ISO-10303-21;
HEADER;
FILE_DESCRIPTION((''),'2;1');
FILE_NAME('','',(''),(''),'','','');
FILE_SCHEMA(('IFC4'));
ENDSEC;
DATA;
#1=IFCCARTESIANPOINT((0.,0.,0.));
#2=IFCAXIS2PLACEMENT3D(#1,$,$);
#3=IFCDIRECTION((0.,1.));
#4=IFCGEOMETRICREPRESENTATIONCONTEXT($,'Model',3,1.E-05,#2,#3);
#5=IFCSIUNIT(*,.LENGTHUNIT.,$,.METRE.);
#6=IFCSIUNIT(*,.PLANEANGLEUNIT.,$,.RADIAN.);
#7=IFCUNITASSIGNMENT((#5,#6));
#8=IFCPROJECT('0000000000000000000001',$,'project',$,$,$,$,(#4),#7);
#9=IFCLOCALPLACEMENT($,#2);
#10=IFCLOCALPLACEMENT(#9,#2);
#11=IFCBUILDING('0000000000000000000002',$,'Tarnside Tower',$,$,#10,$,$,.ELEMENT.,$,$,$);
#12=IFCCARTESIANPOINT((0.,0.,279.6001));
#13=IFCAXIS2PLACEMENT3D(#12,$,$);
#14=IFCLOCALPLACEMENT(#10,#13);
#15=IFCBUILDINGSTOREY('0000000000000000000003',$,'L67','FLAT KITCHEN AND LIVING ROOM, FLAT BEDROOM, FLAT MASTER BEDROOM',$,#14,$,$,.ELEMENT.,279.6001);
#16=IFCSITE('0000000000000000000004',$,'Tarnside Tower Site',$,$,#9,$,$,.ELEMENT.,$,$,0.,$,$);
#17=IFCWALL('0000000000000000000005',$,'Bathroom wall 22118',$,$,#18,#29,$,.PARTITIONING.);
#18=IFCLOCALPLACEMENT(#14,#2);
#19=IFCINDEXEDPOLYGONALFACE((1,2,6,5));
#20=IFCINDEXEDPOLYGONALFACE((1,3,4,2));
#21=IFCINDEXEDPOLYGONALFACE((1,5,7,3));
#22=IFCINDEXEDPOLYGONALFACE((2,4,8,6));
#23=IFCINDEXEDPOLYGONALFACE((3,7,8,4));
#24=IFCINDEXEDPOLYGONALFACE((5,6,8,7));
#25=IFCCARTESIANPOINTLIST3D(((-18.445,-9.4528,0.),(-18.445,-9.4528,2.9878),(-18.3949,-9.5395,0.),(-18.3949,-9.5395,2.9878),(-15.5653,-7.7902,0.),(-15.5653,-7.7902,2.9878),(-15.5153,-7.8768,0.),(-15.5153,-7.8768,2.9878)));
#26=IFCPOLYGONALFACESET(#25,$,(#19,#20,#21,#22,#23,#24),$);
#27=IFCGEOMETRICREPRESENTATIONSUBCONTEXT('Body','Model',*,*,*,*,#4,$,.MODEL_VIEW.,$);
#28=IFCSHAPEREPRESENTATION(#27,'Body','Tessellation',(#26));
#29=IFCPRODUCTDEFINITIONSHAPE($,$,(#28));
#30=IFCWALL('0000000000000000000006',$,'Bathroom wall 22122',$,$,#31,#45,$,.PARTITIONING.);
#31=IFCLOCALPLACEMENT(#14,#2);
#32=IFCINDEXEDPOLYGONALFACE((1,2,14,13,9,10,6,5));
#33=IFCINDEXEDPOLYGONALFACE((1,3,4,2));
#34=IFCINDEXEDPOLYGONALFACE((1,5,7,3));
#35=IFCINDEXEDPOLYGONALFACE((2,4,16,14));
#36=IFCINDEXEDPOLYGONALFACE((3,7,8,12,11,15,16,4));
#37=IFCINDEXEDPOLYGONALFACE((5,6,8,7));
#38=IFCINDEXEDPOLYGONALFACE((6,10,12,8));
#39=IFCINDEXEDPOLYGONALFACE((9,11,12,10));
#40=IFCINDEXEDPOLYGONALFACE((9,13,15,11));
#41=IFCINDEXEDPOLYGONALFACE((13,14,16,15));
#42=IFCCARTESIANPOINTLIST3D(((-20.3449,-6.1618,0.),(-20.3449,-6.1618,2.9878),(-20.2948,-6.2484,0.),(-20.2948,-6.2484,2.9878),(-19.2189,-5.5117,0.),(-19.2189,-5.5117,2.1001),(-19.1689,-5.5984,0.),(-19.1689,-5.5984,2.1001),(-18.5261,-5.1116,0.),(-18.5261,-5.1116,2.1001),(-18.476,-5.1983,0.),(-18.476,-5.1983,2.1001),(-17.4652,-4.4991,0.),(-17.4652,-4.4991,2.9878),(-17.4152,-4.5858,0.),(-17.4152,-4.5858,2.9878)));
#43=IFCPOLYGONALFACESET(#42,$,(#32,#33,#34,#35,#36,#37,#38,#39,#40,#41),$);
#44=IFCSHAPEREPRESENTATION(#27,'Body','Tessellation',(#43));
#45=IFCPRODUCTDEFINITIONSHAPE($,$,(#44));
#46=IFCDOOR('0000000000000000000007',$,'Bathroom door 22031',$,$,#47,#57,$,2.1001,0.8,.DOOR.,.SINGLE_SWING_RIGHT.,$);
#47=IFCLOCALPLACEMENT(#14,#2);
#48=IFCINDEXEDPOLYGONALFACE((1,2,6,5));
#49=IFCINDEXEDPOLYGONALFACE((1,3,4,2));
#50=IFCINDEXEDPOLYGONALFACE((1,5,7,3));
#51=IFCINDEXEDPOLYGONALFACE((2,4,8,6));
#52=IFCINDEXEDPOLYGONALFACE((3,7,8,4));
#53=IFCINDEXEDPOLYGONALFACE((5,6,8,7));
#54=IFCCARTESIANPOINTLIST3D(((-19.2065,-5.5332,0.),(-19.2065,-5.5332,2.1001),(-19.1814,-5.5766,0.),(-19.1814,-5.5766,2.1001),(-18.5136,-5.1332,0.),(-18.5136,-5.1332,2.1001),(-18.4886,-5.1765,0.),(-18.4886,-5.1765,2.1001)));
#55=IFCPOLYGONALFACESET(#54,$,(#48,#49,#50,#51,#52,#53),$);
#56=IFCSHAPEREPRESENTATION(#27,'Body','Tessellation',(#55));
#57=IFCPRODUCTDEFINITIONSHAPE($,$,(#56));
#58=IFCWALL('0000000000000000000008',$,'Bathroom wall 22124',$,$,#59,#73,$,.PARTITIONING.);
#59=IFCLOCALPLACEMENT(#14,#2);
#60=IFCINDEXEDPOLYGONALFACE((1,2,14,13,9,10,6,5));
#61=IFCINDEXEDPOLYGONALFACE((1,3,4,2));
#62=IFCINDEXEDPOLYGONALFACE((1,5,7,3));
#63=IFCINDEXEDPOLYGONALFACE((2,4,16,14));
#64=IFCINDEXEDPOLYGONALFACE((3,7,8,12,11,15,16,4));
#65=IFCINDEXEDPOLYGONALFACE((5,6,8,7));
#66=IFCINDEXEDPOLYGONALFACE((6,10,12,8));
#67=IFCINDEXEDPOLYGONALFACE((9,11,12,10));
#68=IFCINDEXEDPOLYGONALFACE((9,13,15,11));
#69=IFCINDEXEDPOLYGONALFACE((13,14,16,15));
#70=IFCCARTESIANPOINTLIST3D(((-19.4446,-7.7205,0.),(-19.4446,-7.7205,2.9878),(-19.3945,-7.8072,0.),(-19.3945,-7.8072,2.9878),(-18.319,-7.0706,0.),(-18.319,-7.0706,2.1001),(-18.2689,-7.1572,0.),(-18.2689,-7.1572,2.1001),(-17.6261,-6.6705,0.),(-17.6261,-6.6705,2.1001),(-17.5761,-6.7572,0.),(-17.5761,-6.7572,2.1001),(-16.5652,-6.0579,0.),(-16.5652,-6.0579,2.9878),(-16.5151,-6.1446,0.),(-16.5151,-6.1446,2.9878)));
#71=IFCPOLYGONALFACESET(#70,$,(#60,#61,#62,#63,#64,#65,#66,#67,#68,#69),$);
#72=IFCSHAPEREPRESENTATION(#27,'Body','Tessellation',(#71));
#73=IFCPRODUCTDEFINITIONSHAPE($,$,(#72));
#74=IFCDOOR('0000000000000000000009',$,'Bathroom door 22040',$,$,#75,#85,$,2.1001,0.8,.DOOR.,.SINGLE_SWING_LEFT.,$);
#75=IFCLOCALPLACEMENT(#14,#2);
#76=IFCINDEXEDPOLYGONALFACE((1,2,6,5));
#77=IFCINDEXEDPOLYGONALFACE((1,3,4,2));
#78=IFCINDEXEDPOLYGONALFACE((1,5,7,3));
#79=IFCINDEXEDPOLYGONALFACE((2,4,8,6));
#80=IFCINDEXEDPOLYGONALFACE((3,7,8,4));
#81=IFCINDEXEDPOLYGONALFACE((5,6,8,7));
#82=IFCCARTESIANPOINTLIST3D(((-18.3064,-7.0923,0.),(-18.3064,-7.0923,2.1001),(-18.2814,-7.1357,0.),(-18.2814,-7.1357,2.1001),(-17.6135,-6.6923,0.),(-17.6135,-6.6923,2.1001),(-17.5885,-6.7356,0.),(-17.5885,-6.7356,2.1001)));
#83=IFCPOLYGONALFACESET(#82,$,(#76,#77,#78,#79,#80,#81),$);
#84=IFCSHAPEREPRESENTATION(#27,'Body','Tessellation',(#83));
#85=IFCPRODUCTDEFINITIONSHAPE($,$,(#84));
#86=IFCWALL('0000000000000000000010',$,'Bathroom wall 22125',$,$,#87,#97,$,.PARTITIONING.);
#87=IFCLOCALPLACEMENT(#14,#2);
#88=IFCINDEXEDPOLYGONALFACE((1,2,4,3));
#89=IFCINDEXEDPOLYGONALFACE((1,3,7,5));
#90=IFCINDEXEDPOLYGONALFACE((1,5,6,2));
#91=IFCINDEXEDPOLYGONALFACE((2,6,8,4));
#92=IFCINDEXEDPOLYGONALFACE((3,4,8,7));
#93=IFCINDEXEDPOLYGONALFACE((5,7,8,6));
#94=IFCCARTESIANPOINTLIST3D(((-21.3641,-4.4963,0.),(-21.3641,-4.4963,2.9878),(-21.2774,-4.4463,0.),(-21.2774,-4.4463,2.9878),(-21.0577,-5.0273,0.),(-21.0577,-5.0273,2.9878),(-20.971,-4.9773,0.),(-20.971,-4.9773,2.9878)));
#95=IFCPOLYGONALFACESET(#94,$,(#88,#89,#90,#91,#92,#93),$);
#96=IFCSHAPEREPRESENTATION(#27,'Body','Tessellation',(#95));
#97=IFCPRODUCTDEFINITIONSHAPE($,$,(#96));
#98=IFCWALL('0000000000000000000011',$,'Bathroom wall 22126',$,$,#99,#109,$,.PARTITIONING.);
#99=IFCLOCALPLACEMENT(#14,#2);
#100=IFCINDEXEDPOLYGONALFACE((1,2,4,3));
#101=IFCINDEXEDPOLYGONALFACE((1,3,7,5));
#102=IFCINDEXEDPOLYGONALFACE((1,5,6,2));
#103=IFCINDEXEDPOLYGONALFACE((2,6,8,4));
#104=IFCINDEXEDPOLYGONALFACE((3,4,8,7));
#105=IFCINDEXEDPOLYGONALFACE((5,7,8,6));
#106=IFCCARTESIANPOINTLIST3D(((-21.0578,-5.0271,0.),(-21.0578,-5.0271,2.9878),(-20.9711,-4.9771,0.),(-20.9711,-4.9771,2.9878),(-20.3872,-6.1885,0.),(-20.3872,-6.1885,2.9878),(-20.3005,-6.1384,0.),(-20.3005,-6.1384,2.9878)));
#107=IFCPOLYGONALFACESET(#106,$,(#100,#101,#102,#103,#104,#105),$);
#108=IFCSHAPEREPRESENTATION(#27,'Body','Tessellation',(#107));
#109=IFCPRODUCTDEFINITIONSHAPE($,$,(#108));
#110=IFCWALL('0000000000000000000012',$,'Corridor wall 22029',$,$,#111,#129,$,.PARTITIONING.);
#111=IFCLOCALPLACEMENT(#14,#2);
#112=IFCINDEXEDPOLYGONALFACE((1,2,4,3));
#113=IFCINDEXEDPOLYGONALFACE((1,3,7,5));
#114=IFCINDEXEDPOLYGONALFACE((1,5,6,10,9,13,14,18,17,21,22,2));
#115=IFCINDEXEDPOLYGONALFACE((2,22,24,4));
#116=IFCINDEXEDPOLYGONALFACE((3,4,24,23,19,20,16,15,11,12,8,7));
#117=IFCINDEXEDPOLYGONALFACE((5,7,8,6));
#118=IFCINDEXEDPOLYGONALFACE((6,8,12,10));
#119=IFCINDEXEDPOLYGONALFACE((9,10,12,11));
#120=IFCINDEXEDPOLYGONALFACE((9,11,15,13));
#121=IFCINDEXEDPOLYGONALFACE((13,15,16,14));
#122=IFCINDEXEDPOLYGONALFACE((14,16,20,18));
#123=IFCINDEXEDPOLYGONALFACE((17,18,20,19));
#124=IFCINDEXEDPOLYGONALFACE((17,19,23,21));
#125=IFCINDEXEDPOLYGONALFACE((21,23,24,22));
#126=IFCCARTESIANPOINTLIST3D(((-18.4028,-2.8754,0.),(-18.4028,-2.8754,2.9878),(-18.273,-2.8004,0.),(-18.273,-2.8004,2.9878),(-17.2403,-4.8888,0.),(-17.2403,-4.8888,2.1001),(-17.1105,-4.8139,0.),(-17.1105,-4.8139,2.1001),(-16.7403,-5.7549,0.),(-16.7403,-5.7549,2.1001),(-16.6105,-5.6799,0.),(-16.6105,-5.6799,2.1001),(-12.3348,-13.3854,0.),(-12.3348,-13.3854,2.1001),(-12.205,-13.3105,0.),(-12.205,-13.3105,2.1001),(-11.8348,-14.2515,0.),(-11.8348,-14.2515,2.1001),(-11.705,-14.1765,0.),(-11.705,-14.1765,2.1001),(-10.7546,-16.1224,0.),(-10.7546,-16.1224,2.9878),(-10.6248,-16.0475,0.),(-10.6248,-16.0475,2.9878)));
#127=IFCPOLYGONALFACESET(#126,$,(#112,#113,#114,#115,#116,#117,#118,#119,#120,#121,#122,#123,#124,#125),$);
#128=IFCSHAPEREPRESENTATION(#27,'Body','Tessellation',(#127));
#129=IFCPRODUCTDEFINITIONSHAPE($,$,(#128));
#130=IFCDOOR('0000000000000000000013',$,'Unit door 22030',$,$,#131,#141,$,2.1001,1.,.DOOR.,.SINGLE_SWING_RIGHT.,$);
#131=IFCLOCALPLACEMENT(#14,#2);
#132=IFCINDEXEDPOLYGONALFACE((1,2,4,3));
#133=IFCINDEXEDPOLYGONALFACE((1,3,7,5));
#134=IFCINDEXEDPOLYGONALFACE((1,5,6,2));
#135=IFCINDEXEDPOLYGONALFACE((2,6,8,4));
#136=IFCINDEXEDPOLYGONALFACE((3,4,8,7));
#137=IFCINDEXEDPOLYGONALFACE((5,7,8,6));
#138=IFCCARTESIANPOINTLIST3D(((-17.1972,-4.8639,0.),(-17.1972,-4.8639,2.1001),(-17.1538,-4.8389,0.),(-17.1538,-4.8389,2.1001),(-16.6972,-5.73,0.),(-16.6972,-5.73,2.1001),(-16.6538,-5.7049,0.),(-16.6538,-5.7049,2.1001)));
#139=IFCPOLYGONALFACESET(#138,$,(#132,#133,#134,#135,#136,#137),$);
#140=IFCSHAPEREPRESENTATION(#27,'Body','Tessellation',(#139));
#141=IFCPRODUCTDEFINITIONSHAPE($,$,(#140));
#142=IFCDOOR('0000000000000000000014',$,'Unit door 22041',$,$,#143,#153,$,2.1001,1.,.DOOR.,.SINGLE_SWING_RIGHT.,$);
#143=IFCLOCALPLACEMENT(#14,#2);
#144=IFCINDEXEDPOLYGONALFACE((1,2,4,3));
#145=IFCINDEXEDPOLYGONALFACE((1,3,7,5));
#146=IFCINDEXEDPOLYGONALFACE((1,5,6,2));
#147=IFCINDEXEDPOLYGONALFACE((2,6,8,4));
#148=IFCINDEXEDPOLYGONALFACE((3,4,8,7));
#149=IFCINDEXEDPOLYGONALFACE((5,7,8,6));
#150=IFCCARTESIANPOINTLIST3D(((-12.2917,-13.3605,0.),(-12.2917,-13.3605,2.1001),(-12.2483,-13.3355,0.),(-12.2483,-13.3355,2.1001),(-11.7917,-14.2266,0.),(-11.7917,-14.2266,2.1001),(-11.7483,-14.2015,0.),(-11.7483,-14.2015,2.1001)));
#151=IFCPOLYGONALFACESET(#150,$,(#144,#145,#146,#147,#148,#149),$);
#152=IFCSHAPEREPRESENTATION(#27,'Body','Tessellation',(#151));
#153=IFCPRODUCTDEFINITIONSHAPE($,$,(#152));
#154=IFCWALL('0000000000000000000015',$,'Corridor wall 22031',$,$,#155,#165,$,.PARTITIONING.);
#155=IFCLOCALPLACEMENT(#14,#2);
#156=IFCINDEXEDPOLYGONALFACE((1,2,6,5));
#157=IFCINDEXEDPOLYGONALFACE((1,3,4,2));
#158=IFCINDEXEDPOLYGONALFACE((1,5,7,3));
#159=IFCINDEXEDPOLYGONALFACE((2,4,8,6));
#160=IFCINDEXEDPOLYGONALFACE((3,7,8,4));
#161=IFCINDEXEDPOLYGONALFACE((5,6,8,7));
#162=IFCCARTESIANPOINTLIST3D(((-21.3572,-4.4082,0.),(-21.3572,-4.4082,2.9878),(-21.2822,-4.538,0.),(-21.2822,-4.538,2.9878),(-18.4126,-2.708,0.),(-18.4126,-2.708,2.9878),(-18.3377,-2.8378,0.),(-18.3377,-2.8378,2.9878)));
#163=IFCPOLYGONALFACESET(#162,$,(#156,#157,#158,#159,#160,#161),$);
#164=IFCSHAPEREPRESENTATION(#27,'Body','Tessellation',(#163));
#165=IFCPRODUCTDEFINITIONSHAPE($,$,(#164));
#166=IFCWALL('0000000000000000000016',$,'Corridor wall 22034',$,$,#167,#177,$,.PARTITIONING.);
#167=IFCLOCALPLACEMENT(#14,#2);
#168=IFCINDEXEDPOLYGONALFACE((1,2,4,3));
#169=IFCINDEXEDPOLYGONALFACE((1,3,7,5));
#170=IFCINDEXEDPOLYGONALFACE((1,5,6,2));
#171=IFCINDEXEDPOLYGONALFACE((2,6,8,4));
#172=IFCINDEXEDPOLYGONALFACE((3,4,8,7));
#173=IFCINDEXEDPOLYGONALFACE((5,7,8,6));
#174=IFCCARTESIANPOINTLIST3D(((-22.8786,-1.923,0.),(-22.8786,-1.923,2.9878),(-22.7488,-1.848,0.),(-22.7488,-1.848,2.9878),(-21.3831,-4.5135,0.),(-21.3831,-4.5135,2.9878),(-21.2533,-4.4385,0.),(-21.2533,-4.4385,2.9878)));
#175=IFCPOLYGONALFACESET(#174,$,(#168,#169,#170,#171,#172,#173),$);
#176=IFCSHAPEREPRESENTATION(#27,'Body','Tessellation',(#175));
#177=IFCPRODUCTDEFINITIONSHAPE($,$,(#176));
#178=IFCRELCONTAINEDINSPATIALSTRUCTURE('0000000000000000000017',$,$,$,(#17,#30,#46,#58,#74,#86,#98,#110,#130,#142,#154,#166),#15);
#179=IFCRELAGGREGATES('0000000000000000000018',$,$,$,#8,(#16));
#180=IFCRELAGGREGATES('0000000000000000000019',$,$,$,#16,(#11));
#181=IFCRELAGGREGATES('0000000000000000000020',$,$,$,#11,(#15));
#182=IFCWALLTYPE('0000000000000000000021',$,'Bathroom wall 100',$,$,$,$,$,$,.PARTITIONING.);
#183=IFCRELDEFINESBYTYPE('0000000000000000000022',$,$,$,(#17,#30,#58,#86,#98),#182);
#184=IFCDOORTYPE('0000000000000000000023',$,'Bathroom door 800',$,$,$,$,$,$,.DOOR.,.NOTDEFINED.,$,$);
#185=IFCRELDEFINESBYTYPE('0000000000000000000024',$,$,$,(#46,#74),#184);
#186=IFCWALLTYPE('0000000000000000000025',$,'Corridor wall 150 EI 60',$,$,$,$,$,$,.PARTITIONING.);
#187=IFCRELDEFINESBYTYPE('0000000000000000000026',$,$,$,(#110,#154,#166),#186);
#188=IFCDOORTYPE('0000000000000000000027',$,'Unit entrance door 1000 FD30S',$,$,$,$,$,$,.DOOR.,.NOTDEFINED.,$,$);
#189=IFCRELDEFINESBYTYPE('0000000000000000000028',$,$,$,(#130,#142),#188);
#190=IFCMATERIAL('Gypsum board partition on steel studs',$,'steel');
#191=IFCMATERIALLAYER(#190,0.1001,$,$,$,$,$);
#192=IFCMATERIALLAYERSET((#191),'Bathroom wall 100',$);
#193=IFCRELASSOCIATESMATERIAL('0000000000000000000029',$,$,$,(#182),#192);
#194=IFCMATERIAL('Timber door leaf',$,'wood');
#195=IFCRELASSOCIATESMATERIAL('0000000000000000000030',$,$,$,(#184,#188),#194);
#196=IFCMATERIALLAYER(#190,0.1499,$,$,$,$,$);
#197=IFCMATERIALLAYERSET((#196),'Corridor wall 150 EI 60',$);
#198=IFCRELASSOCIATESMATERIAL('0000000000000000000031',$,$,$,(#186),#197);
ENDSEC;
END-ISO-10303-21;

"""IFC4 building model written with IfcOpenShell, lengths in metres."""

from ifc_helpers import new_model, si_unit, direction, frame, frame_2d, origin, place, context, subcontext, project, spatial, rectangle, extrude, material, layer, layer_set, type_object, element, fill, save


model = new_model("IFC4")

# Units and contexts
model_context = context("Model", 3, precision=1e-05, world=origin(), true_north=direction((0.0, 1.0)))
body_context = subcontext(model_context, "Body", "Model", "MODEL_VIEW")
ifc_project = project(units=[si_unit("LENGTHUNIT", "METRE"), si_unit("PLANEANGLEUNIT", "RADIAN")], contexts=[model_context])

# Site, building, storey
site_placement = place(None, origin())
site = spatial("IfcSite", under=ifc_project, at=site_placement, Name="Tarnside Tower Site", CompositionType="ELEMENT", RefElevation=0.0)
building_placement = place(site_placement, origin())
building = spatial("IfcBuilding", under=site, at=building_placement, Name="Tarnside Tower", CompositionType="ELEMENT")
storey_placement = place(building_placement, frame((0.0, 0.0, 279.6001)))
storey = spatial("IfcBuildingStorey", under=building, at=storey_placement, Name="L67", Description="FLAT KITCHEN AND LIVING ROOM, FLAT BEDROOM, FLAT MASTER BEDROOM", CompositionType="ELEMENT", Elevation=279.6001)

# Wall
ifc_material_1 = material(Name="Gypsum board partition on steel studs", Category="steel")
ifc_layer_1 = layer(ifc_material_1, 0.1001)
ifc_layer_set_1 = layer_set([ifc_layer_1], Name="Bathroom wall 100")
wall_type_1 = type_object("IfcWallType", Name="Bathroom wall 100", PredefinedType="PARTITIONING", material=ifc_layer_set_1)
wall_1_placement = place(storey_placement, frame((-15.5403, -7.8335, 0.0), z_axis=(0.0, 0.0, 1.0), x_axis=(-0.866021, -0.500008, 0.0)))
element("IfcWall", 1, at=wall_1_placement, inside=storey, type_object=wall_type_1, Name="Bathroom wall 22118", PredefinedType="PARTITIONING", context=body_context, shape_type="SweptSolid", body=[
    extrude(rectangle(XDim=3.3252, YDim=0.1001, at=frame_2d((1.6626, 0.0))), origin(), (0.0, 0.0, 1.0), 2.9878),
])

# Walls, openings, doors
wall_2_placement = place(storey_placement, frame((-17.4402, -4.5425, 0.0), z_axis=(0.0, 0.0, 1.0), x_axis=(-0.866021, -0.500008, 0.0)))
wall_2 = element("IfcWall", 2, at=wall_2_placement, inside=storey, type_object=wall_type_1, Name="Bathroom wall 22122", PredefinedType="PARTITIONING", context=body_context, shape_type="SweptSolid", body=[
    extrude(rectangle(XDim=3.3252, YDim=0.1001, at=frame_2d((1.6626, 0.0))), origin(), (0.0, 0.0, 1.0), 2.9878),
])
opening_1_placement = place(wall_2_placement, frame((1.2251, 0.0, 0.0)))
opening_1 = element("IfcOpeningElement", 3, at=opening_1_placement, cuts=wall_2, PredefinedType="OPENING", context=body_context, shape_type="SweptSolid", body=[
    extrude(rectangle(XDim=0.8, YDim=2.1001, at=frame_2d((0.3999, 1.05))), frame((0.0, 0.0601, 0.0), z_axis=(0.0, -1.0, 0.0), x_axis=(1.0, 0.0, 0.0)), (0.0, 0.0, 1.0), 0.1201),
])
ifc_material_2 = material(Name="Timber door leaf", Category="wood")
door_type_1 = type_object("IfcDoorType", Name="Bathroom door 800", OperationType="NOTDEFINED", PredefinedType="DOOR", material=ifc_material_2)
door_1_placement = place(opening_1_placement, origin())
door_1 = element("IfcDoor", 4, at=door_1_placement, inside=storey, type_object=door_type_1, Name="Bathroom door 22031", OperationType="SINGLE_SWING_RIGHT", OverallHeight=2.1001, OverallWidth=0.8, PredefinedType="DOOR", context=body_context, shape_type="SweptSolid", body=[
    extrude(rectangle(XDim=0.8, YDim=2.1001, at=frame_2d((0.3999, 1.05))), frame((0.0, 0.0249, 0.0), z_axis=(0.0, -1.0, 0.0), x_axis=(1.0, 0.0, 0.0)), (0.0, 0.0, 1.0), 0.05),
])
fill(opening_1, door_1)
wall_3_placement = place(storey_placement, frame((-19.4197, -7.7639, 0.0), z_axis=(0.0, 0.0, 1.0), x_axis=(0.866002, 0.50004, 0.0)))
wall_3 = element("IfcWall", 5, at=wall_3_placement, inside=storey, type_object=wall_type_1, Name="Bathroom wall 22124", PredefinedType="PARTITIONING", context=body_context, shape_type="SweptSolid", body=[
    extrude(rectangle(XDim=3.325, YDim=0.1001, at=frame_2d((1.6626, 0.0))), origin(), (0.0, 0.0, 1.0), 2.9878),
])
opening_2_placement = place(wall_3_placement, frame((1.3, 0.0, 0.0)))
opening_2 = element("IfcOpeningElement", 6, at=opening_2_placement, cuts=wall_3, PredefinedType="OPENING", context=body_context, shape_type="SweptSolid", body=[
    extrude(rectangle(XDim=0.8, YDim=2.1001, at=frame_2d((0.3999, 1.05))), frame((0.0, 0.0601, 0.0), z_axis=(0.0, -1.0, 0.0), x_axis=(1.0, 0.0, 0.0)), (0.0, 0.0, 1.0), 0.1201),
])
door_2_placement = place(opening_2_placement, origin())
door_2 = element("IfcDoor", 7, at=door_2_placement, inside=storey, type_object=door_type_1, Name="Bathroom door 22040", OperationType="SINGLE_SWING_LEFT", OverallHeight=2.1001, OverallWidth=0.8, PredefinedType="DOOR", context=body_context, shape_type="SweptSolid", body=[
    extrude(rectangle(XDim=0.8, YDim=2.1001, at=frame_2d((0.3999, 1.05))), frame((0.0, 0.0249, 0.0), z_axis=(0.0, -1.0, 0.0), x_axis=(1.0, 0.0, 0.0)), (0.0, 0.0, 1.0), 0.05),
])
fill(opening_2, door_2)

# Walls
wall_4_placement = place(storey_placement, frame((-21.3208, -4.4712, 0.0), z_axis=(0.0, 0.0, 1.0), x_axis=(0.49978, -0.866152, 0.0)))
element("IfcWall", 8, at=wall_4_placement, inside=storey, type_object=wall_type_1, Name="Bathroom wall 22125", PredefinedType="PARTITIONING", context=body_context, shape_type="SweptSolid", body=[
    extrude(rectangle(XDim=0.613, YDim=0.1001, at=frame_2d((0.3066, 0.0))), origin(), (0.0, 0.0, 1.0), 2.9878),
])
wall_5_placement = place(storey_placement, frame((-21.0144, -5.0022, 0.0), z_axis=(0.0, 0.0, 1.0), x_axis=(0.500074, -0.865982, 0.0)))
element("IfcWall", 9, at=wall_5_placement, inside=storey, type_object=wall_type_1, Name="Bathroom wall 22126", PredefinedType="PARTITIONING", context=body_context, shape_type="SweptSolid", body=[
    extrude(rectangle(XDim=1.3411, YDim=0.1001, at=frame_2d((0.6704, 0.0))), origin(), (0.0, 0.0, 1.0), 2.9878),
])

# Wall, openings, doors
ifc_layer_2 = layer(ifc_material_1, 0.1499)
ifc_layer_set_2 = layer_set([ifc_layer_2], Name="Corridor wall 150 EI 60")
wall_type_2 = type_object("IfcWallType", Name="Corridor wall 150 EI 60", PredefinedType="PARTITIONING", material=ifc_layer_set_2)
wall_6_placement = place(storey_placement, frame((-18.3379, -2.8379, 0.0), z_axis=(0.0, 0.0, 1.0), x_axis=(0.5, -0.866026, 0.0)))
wall_6 = element("IfcWall", 10, at=wall_6_placement, inside=storey, type_object=wall_type_2, Name="Corridor wall 22029", PredefinedType="PARTITIONING", context=body_context, shape_type="SweptSolid", body=[
    extrude(rectangle(XDim=15.2964, YDim=0.1499, at=frame_2d((7.6482, 0.0))), origin(), (0.0, 0.0, 1.0), 2.9878),
])
opening_3_placement = place(wall_6_placement, frame((2.325, 0.0, 0.0)))
opening_3 = element("IfcOpeningElement", 11, at=opening_3_placement, cuts=wall_6, PredefinedType="OPENING", context=body_context, shape_type="SweptSolid", body=[
    extrude(rectangle(XDim=1.0, YDim=2.1001, at=frame_2d((0.5, 1.05))), frame((0.0, 0.085, 0.0), z_axis=(0.0, -1.0, 0.0), x_axis=(1.0, 0.0, 0.0)), (0.0, 0.0, 1.0), 0.1699),
])
opening_4_placement = place(wall_6_placement, frame((12.136, 0.0, 0.0)))
opening_4 = element("IfcOpeningElement", 12, at=opening_4_placement, cuts=wall_6, PredefinedType="OPENING", context=body_context, shape_type="SweptSolid", body=[
    extrude(rectangle(XDim=1.0, YDim=2.1001, at=frame_2d((0.5, 1.05))), frame((0.0, 0.085, 0.0), z_axis=(0.0, -1.0, 0.0), x_axis=(1.0, 0.0, 0.0)), (0.0, 0.0, 1.0), 0.1699),
])
door_type_2 = type_object("IfcDoorType", Name="Unit entrance door 1000 FD30S", OperationType="NOTDEFINED", PredefinedType="DOOR", material=ifc_material_2)
door_3_placement = place(opening_3_placement, origin())
door_3 = element("IfcDoor", 13, at=door_3_placement, inside=storey, type_object=door_type_2, Name="Unit door 22030", OperationType="SINGLE_SWING_RIGHT", OverallHeight=2.1001, OverallWidth=1.0, PredefinedType="DOOR", context=body_context, shape_type="SweptSolid", body=[
    extrude(rectangle(XDim=1.0, YDim=2.1001, at=frame_2d((0.5, 1.05))), frame((0.0, 0.0249, 0.0), z_axis=(0.0, -1.0, 0.0), x_axis=(1.0, 0.0, 0.0)), (0.0, 0.0, 1.0), 0.05),
])
fill(opening_3, door_3)
door_4_placement = place(opening_4_placement, origin())
door_4 = element("IfcDoor", 14, at=door_4_placement, inside=storey, type_object=door_type_2, Name="Unit door 22041", OperationType="SINGLE_SWING_RIGHT", OverallHeight=2.1001, OverallWidth=1.0, PredefinedType="DOOR", context=body_context, shape_type="SweptSolid", body=[
    extrude(rectangle(XDim=1.0, YDim=2.1001, at=frame_2d((0.5, 1.05))), frame((0.0, 0.0249, 0.0), z_axis=(0.0, -1.0, 0.0), x_axis=(1.0, 0.0, 0.0)), (0.0, 0.0, 1.0), 0.05),
])
fill(opening_4, door_4)

# Walls
wall_7_placement = place(storey_placement, frame((-21.3198, -4.4731, 0.0), z_axis=(0.0, 0.0, 1.0), x_axis=(0.866007, 0.500031, 0.0)))
element("IfcWall", 15, at=wall_7_placement, inside=storey, type_object=wall_type_2, Name="Corridor wall 22031", PredefinedType="PARTITIONING", context=body_context, shape_type="SweptSolid", body=[
    extrude(rectangle(XDim=3.4001, YDim=0.1499, at=frame_2d((1.7002, 0.0))), origin(), (0.0, 0.0, 1.0), 2.9878),
])
wall_8_placement = place(storey_placement, frame((-22.8137, -1.8855, 0.0), z_axis=(0.0, 0.0, 1.0), x_axis=(0.499984, -0.866035, 0.0)))
element("IfcWall", 16, at=wall_8_placement, inside=storey, type_object=wall_type_2, Name="Corridor wall 22034", PredefinedType="PARTITIONING", context=body_context, shape_type="SweptSolid", body=[
    extrude(rectangle(XDim=2.9912, YDim=0.1499, at=frame_2d((1.4956, 0.0))), origin(), (0.0, 0.0, 1.0), 2.9878),
])

save(model, "model.ifc")
